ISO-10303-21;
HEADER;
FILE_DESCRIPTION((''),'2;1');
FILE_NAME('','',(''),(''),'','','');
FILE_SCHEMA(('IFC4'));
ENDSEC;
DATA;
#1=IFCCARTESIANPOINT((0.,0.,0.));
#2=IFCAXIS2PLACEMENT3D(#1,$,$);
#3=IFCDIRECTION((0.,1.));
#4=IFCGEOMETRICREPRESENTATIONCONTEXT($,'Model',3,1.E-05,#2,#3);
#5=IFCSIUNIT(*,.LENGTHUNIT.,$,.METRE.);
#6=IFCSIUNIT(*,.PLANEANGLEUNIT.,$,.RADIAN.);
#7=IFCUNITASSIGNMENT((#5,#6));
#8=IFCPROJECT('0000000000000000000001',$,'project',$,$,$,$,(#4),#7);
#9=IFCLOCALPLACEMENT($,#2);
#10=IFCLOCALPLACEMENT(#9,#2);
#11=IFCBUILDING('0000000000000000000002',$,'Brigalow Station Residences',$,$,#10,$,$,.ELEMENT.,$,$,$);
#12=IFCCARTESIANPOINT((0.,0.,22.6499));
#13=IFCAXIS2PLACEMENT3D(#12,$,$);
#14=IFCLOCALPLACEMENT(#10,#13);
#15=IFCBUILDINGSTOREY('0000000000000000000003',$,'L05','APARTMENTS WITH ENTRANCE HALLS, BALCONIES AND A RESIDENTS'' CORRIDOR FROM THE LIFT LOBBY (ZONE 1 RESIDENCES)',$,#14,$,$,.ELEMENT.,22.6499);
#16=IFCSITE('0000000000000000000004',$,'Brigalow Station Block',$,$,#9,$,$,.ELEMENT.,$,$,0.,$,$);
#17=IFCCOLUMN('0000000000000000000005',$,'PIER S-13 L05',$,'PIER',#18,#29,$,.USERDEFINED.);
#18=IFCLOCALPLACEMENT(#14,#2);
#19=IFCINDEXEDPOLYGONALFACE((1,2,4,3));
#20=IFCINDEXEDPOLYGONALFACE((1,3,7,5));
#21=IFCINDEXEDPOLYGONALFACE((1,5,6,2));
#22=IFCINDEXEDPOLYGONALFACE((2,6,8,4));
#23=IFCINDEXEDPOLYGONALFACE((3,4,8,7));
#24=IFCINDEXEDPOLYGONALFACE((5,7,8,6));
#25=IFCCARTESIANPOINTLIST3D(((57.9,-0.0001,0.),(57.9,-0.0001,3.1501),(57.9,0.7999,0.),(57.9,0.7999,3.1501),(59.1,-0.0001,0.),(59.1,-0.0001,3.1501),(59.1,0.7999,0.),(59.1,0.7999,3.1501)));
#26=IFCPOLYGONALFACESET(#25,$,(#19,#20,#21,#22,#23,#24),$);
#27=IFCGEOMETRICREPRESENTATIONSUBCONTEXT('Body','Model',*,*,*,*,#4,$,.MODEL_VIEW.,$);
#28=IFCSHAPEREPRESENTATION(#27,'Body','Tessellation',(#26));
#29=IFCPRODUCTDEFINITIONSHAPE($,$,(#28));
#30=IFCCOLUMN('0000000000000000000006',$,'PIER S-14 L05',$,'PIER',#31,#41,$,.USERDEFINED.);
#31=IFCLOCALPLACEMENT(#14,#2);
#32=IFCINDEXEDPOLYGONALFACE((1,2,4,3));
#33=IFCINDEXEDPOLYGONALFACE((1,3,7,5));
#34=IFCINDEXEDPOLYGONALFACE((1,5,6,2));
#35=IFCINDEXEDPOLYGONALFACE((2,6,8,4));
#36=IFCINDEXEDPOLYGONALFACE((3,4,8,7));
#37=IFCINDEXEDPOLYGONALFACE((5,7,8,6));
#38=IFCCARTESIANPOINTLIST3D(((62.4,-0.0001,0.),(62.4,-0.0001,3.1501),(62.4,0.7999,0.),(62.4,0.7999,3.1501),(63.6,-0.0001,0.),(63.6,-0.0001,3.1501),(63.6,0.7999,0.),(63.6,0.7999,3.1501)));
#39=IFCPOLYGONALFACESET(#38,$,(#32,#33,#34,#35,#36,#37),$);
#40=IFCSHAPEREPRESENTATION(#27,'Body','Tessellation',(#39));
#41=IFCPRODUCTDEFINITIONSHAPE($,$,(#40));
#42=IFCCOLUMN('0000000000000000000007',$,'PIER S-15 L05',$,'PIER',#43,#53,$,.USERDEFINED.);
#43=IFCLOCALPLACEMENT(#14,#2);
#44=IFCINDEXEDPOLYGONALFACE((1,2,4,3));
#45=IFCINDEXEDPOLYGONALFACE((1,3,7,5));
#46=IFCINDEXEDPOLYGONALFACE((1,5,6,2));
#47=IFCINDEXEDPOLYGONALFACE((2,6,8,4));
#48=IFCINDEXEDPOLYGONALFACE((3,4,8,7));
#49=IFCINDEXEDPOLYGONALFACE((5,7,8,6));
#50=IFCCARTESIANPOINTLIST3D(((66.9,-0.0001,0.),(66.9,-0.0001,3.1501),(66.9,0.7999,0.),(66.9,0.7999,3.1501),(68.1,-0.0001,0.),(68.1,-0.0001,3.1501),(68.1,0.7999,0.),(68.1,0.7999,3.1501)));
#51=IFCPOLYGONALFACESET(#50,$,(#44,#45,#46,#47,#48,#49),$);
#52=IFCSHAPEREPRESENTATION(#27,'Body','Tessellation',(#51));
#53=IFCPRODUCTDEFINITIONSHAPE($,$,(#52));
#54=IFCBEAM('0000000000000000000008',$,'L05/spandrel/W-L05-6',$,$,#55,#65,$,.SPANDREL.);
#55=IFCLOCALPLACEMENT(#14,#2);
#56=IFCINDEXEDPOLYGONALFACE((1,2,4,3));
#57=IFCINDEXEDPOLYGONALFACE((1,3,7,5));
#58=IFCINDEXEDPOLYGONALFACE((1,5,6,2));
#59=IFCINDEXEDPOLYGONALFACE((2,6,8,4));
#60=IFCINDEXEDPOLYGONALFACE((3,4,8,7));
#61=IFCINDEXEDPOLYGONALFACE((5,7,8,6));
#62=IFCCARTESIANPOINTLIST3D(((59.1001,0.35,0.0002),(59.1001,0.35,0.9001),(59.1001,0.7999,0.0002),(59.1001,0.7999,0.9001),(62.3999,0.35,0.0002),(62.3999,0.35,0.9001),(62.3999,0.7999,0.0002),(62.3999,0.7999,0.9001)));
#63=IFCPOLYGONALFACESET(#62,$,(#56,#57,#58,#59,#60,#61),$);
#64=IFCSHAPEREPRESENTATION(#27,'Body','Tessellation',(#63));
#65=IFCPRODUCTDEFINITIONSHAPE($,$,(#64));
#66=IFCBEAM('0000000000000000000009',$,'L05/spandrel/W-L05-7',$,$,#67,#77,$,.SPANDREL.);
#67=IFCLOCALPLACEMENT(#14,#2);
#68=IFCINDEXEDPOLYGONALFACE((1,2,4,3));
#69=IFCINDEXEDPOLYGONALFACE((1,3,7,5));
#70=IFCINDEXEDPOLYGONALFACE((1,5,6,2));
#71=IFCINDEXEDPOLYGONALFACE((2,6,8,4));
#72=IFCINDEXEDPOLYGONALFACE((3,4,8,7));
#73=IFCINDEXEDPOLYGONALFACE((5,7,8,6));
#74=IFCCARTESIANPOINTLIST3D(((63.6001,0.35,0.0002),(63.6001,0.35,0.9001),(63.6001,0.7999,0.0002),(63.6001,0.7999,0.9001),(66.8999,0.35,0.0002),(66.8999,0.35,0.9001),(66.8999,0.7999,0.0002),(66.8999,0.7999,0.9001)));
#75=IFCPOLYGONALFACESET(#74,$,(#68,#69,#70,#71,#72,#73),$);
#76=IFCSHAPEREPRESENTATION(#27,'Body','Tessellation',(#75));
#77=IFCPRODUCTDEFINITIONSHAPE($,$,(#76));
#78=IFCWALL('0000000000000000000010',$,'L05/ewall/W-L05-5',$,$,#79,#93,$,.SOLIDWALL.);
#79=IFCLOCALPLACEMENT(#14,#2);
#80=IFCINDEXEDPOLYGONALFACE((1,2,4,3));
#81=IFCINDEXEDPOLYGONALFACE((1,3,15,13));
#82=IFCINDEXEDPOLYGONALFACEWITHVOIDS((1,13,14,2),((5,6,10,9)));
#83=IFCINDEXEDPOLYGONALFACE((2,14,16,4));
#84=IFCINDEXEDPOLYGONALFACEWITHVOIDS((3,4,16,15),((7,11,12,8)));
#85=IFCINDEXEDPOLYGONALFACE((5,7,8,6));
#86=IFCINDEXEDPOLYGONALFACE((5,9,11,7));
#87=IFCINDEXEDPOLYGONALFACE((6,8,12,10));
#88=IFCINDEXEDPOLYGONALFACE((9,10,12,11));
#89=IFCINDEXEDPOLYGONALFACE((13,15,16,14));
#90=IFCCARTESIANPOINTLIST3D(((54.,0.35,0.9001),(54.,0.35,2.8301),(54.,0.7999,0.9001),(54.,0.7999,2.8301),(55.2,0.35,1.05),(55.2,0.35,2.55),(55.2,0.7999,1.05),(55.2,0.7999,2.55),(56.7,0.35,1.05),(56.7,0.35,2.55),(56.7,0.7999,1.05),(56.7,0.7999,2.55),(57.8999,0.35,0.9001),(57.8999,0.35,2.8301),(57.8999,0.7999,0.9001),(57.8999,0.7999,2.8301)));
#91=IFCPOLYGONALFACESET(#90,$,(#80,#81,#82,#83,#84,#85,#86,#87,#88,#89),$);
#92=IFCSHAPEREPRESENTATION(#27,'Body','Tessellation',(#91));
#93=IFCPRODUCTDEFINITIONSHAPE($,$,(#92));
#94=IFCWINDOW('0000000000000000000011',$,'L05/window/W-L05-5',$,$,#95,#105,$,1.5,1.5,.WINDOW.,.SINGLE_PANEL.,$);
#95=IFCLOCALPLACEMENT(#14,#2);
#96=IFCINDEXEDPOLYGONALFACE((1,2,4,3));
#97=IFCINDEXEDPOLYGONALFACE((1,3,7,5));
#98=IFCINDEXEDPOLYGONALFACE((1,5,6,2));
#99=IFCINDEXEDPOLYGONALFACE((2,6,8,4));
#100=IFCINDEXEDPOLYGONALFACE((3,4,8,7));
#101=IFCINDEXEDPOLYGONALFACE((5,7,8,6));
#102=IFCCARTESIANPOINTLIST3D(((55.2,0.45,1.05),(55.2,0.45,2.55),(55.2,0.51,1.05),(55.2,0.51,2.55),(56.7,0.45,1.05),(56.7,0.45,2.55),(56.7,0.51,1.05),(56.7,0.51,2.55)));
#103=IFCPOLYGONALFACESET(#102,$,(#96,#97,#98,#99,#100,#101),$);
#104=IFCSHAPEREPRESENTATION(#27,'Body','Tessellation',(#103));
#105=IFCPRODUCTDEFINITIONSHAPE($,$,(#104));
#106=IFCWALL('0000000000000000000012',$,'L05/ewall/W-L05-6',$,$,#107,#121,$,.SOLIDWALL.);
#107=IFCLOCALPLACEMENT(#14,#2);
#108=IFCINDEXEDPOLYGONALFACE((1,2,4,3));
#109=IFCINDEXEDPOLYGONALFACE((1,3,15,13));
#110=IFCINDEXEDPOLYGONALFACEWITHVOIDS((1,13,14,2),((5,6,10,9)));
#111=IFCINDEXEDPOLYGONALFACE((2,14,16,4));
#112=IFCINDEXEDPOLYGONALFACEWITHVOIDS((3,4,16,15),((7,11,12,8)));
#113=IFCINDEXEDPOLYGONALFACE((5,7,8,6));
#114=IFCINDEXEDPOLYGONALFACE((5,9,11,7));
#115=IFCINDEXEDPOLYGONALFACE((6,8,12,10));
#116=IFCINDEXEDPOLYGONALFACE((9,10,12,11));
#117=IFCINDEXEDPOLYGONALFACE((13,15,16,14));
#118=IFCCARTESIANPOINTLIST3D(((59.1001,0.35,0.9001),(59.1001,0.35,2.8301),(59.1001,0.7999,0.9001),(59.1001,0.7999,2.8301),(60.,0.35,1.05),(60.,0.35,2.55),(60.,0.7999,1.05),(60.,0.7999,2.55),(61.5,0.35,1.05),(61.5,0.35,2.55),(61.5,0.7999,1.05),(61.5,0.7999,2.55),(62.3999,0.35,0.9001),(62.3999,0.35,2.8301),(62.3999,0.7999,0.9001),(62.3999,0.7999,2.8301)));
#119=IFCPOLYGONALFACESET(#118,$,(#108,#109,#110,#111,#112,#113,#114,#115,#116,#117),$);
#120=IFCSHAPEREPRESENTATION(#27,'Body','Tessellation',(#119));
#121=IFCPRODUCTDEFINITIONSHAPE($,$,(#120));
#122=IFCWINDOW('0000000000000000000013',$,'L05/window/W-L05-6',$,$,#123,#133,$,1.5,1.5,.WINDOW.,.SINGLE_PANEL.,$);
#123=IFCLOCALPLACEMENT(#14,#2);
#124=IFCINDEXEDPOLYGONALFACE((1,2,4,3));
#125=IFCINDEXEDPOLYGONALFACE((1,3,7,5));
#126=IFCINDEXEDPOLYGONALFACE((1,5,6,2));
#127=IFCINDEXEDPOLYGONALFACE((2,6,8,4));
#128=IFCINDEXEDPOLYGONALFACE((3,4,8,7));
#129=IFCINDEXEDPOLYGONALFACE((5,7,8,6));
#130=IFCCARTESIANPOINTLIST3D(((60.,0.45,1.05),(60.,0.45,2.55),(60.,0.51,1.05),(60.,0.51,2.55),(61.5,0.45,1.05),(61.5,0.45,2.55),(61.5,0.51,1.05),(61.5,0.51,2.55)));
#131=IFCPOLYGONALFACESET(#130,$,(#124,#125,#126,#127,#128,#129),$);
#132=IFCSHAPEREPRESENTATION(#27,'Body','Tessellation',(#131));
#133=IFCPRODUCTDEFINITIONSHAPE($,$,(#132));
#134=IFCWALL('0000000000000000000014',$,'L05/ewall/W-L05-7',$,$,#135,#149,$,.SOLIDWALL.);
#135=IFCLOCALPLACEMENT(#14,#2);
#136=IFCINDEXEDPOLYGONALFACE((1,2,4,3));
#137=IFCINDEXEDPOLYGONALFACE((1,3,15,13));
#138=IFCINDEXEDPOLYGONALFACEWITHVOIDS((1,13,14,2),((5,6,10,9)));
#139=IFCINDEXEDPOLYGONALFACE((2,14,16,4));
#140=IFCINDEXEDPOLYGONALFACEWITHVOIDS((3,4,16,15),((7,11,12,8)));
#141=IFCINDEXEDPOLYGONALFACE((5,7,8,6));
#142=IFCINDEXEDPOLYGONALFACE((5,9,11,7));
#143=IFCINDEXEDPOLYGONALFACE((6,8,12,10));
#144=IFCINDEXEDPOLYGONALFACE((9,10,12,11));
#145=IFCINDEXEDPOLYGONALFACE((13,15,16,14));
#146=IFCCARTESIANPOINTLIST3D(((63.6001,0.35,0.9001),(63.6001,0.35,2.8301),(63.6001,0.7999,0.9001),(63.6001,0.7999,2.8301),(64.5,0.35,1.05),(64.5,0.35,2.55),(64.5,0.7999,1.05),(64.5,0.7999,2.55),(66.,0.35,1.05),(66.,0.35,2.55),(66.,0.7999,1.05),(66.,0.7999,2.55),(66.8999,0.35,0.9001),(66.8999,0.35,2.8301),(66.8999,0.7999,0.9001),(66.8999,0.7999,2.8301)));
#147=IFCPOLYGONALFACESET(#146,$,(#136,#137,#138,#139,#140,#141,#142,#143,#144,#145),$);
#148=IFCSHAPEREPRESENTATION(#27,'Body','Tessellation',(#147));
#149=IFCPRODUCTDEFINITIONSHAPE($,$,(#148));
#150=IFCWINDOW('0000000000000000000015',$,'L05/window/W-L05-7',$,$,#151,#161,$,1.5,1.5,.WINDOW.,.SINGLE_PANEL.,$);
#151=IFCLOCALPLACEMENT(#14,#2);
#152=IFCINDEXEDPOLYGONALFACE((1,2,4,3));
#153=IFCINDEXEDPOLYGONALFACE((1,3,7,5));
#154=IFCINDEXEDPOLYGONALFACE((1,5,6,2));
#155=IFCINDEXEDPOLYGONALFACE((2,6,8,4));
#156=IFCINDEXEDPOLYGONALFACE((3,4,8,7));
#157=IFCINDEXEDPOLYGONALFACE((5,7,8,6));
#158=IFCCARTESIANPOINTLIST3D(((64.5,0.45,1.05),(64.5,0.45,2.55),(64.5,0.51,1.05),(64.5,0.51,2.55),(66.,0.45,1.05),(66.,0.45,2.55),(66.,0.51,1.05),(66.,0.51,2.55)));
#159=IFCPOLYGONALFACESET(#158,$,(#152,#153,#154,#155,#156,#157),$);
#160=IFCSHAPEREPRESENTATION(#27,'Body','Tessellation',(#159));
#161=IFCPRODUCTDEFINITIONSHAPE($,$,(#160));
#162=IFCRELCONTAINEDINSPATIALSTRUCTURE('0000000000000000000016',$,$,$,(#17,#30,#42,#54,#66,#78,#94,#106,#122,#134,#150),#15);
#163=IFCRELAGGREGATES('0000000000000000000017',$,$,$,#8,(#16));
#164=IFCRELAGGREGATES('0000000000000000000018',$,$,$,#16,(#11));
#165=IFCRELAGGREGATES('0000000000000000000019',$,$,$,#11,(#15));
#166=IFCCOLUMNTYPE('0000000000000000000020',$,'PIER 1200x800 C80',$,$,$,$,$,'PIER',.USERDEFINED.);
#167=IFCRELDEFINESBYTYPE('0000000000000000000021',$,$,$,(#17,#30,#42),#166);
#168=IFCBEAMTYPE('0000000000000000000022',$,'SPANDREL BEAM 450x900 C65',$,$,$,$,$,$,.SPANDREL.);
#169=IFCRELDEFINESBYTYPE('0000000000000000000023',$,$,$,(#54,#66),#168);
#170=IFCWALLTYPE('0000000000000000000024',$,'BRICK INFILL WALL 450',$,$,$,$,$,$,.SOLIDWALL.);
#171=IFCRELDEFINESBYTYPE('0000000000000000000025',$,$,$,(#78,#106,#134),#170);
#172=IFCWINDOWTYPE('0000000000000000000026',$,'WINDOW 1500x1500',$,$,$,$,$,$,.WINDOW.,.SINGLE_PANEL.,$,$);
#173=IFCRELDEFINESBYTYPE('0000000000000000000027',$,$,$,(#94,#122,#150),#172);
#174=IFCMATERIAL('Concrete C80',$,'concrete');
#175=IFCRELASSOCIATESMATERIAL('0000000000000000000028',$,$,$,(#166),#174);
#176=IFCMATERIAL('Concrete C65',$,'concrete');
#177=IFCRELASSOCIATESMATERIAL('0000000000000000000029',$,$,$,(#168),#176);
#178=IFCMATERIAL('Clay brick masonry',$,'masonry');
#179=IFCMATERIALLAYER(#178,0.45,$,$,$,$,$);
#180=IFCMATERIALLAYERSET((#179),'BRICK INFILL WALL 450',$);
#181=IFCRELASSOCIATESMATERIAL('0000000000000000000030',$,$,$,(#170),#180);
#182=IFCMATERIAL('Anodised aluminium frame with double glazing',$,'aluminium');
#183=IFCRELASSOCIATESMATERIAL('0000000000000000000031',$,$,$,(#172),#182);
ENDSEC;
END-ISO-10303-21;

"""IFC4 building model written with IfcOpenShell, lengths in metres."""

from ifc_helpers import new_model, si_unit, direction, frame, frame_2d, origin, origin_2d, place, context, subcontext, project, spatial, rectangle, extrude, material, layer, layer_set, material_profile, profile_set, type_object, element, fill, save


model = new_model("IFC4")

# Units and contexts
model_context = context("Model", 3, precision=1e-05, world=origin(), true_north=direction((0.0, 1.0)))
body_context = subcontext(model_context, "Body", "Model", "MODEL_VIEW")
ifc_project = project(units=[si_unit("LENGTHUNIT", "METRE"), si_unit("PLANEANGLEUNIT", "RADIAN")], contexts=[model_context])

# Site, building, storey
site_placement = place(None, origin())
site = spatial("IfcSite", under=ifc_project, at=site_placement, Name="Brigalow Station Block", CompositionType="ELEMENT", RefElevation=0.0)
building_placement = place(site_placement, origin())
building = spatial("IfcBuilding", under=site, at=building_placement, Name="Brigalow Station Residences", CompositionType="ELEMENT")
storey_placement = place(building_placement, frame((0.0, 0.0, 22.6499)))
storey = spatial("IfcBuildingStorey", under=building, at=storey_placement, Name="L05", Description="APARTMENTS WITH ENTRANCE HALLS, BALCONIES AND A RESIDENTS' CORRIDOR FROM THE LIFT LOBBY (ZONE 1 RESIDENCES)", CompositionType="ELEMENT", Elevation=22.6499)

# Columns
ifc_material_1 = material(Name="Concrete C80", Category="concrete")
ifc_material_profile_1 = material_profile(ifc_material_1, rectangle(XDim=1.2, YDim=0.8, at=origin_2d()), Name="RC1200x800")
ifc_profile_set_1 = profile_set([ifc_material_profile_1], Name="Concrete C80")
column_type = type_object("IfcColumnType", Name="PIER 1200x800 C80", ElementType="PIER", PredefinedType="USERDEFINED", material=ifc_profile_set_1)
for number, where, z_axis, x_axis, name in (
    (1, (58.5, 0.3999, 0.0), (0.0, 0.0, 1.0), (1.0, 0.0, 0.0), "PIER S-13 L05"),
    (2, (63.0, 0.3999, 0.0), (0.0, 0.0, 1.0), (1.0, 0.0, 0.0), "PIER S-14 L05"),
    (3, (67.5, 0.3999, 0.0), (0.0, 0.0, 1.0), (1.0, 0.0, 0.0), "PIER S-15 L05"),
):
    element("IfcColumn", number, at=place(storey_placement, frame(where, z_axis=z_axis, x_axis=x_axis)), inside=storey, type_object=column_type, Name=name, ObjectType="PIER", PredefinedType="USERDEFINED", context=body_context, shape_type="SweptSolid", body=[
        extrude(rectangle(XDim=1.2, YDim=0.8, at=origin_2d()), origin(), (0.0, 0.0, 1.0), 3.1501),
    ])

# Beams
ifc_material_2 = material(Name="Concrete C65", Category="concrete")
ifc_material_profile_2 = material_profile(ifc_material_2, rectangle(XDim=0.45, YDim=0.8999, at=origin_2d()), Name="RC450x900")
ifc_profile_set_2 = profile_set([ifc_material_profile_2], Name="Concrete C65")
beam_type = type_object("IfcBeamType", Name="SPANDREL BEAM 450x900 C65", PredefinedType="SPANDREL", material=ifc_profile_set_2)
for number, where, z_axis, x_axis, name in (
    (4, (59.1001, 0.575, 0.4502), (1.0, 0.0, 0.0), (0.0, 1.0, 0.0), "L05/spandrel/W-L05-6"),
    (5, (63.6001, 0.575, 0.4502), (1.0, 0.0, 0.0), (0.0, 1.0, 0.0), "L05/spandrel/W-L05-7"),
):
    element("IfcBeam", number, at=place(storey_placement, frame(where, z_axis=z_axis, x_axis=x_axis)), inside=storey, type_object=beam_type, Name=name, PredefinedType="SPANDREL", context=body_context, shape_type="SweptSolid", body=[
        extrude(rectangle(XDim=0.45, YDim=0.8999, at=origin_2d()), origin(), (0.0, 0.0, 1.0), 3.2998),
    ])

# Walls, openings, windows
ifc_material_3 = material(Name="Clay brick masonry", Category="masonry")
ifc_layer_1 = layer(ifc_material_3, 0.45)
ifc_layer_set_1 = layer_set([ifc_layer_1], Name="BRICK INFILL WALL 450")
wall_type_1 = type_object("IfcWallType", Name="BRICK INFILL WALL 450", PredefinedType="SOLIDWALL", material=ifc_layer_set_1)
wall_1_placement = place(storey_placement, frame((54.0, 0.575, 0.9001), z_axis=(0.0, 0.0, 1.0), x_axis=(1.0, 0.0, 0.0)))
wall_1 = element("IfcWall", 6, at=wall_1_placement, inside=storey, type_object=wall_type_1, Name="L05/ewall/W-L05-5", PredefinedType="SOLIDWALL", context=body_context, shape_type="SweptSolid", body=[
    extrude(rectangle(XDim=3.8999, YDim=0.45, at=frame_2d((1.95, 0.0))), origin(), (0.0, 0.0, 1.0), 1.9299),
])
opening_1_placement = place(wall_1_placement, frame((1.2, 0.0, 0.1499)))
opening_1 = element("IfcOpeningElement", 7, at=opening_1_placement, cuts=wall_1, PredefinedType="OPENING", context=body_context, shape_type="SweptSolid", body=[
    extrude(rectangle(XDim=1.5, YDim=1.5, at=frame_2d((0.75, 0.75))), frame((0.0, 0.2349, 0.0), z_axis=(0.0, -1.0, 0.0), x_axis=(1.0, 0.0, 0.0)), (0.0, 0.0, 1.0), 0.47),
])
ifc_material_4 = material(Name="Anodised aluminium frame with double glazing", Category="aluminium")
window_type = type_object("IfcWindowType", Name="WINDOW 1500x1500", PartitioningType="SINGLE_PANEL", PredefinedType="WINDOW", material=ifc_material_4)
window_1_placement = place(opening_1_placement, origin())
window_1 = element("IfcWindow", 8, at=window_1_placement, inside=storey, type_object=window_type, Name="L05/window/W-L05-5", OverallHeight=1.5, OverallWidth=1.5, PartitioningType="SINGLE_PANEL", PredefinedType="WINDOW", context=body_context, shape_type="SweptSolid", body=[
    extrude(rectangle(XDim=1.5, YDim=1.5, at=frame_2d((0.75, 0.75))), frame((0.0, -0.0649, 0.0), z_axis=(0.0, -1.0, 0.0), x_axis=(1.0, 0.0, 0.0)), (0.0, 0.0, 1.0), 0.0601),
])
fill(opening_1, window_1)
wall_2_placement = place(storey_placement, frame((59.1001, 0.575, 0.9001), z_axis=(0.0, 0.0, 1.0), x_axis=(1.0, 0.0, 0.0)))
wall_2 = element("IfcWall", 9, at=wall_2_placement, inside=storey, type_object=wall_type_1, Name="L05/ewall/W-L05-6", PredefinedType="SOLIDWALL", context=body_context, shape_type="SweptSolid", body=[
    extrude(rectangle(XDim=3.2998, YDim=0.45, at=frame_2d((1.6499, 0.0))), origin(), (0.0, 0.0, 1.0), 1.9299),
])
opening_2_placement = place(wall_2_placement, frame((0.8999, 0.0, 0.1499)))
opening_2 = element("IfcOpeningElement", 10, at=opening_2_placement, cuts=wall_2, PredefinedType="OPENING", context=body_context, shape_type="SweptSolid", body=[
    extrude(rectangle(XDim=1.5, YDim=1.5, at=frame_2d((0.75, 0.75))), frame((0.0, 0.2349, 0.0), z_axis=(0.0, -1.0, 0.0), x_axis=(1.0, 0.0, 0.0)), (0.0, 0.0, 1.0), 0.47),
])
window_2_placement = place(opening_2_placement, origin())
window_2 = element("IfcWindow", 11, at=window_2_placement, inside=storey, type_object=window_type, Name="L05/window/W-L05-6", OverallHeight=1.5, OverallWidth=1.5, PartitioningType="SINGLE_PANEL", PredefinedType="WINDOW", context=body_context, shape_type="SweptSolid", body=[
    extrude(rectangle(XDim=1.5, YDim=1.5, at=frame_2d((0.75, 0.75))), frame((0.0, -0.0649, 0.0), z_axis=(0.0, -1.0, 0.0), x_axis=(1.0, 0.0, 0.0)), (0.0, 0.0, 1.0), 0.0601),
])
fill(opening_2, window_2)
wall_3_placement = place(storey_placement, frame((63.6001, 0.575, 0.9001), z_axis=(0.0, 0.0, 1.0), x_axis=(1.0, 0.0, 0.0)))
wall_3 = element("IfcWall", 12, at=wall_3_placement, inside=storey, type_object=wall_type_1, Name="L05/ewall/W-L05-7", PredefinedType="SOLIDWALL", context=body_context, shape_type="SweptSolid", body=[
    extrude(rectangle(XDim=3.2998, YDim=0.45, at=frame_2d((1.6499, 0.0))), origin(), (0.0, 0.0, 1.0), 1.9299),
])
opening_3_placement = place(wall_3_placement, frame((0.8999, 0.0, 0.1499)))
opening_3 = element("IfcOpeningElement", 13, at=opening_3_placement, cuts=wall_3, PredefinedType="OPENING", context=body_context, shape_type="SweptSolid", body=[
    extrude(rectangle(XDim=1.5, YDim=1.5, at=frame_2d((0.75, 0.75))), frame((0.0, 0.2349, 0.0), z_axis=(0.0, -1.0, 0.0), x_axis=(1.0, 0.0, 0.0)), (0.0, 0.0, 1.0), 0.47),
])
window_3_placement = place(opening_3_placement, origin())
window_3 = element("IfcWindow", 14, at=window_3_placement, inside=storey, type_object=window_type, Name="L05/window/W-L05-7", OverallHeight=1.5, OverallWidth=1.5, PartitioningType="SINGLE_PANEL", PredefinedType="WINDOW", context=body_context, shape_type="SweptSolid", body=[
    extrude(rectangle(XDim=1.5, YDim=1.5, at=frame_2d((0.75, 0.75))), frame((0.0, -0.0649, 0.0), z_axis=(0.0, -1.0, 0.0), x_axis=(1.0, 0.0, 0.0)), (0.0, 0.0, 1.0), 0.0601),
])
fill(opening_3, window_3)

save(model, "model.ifc")
